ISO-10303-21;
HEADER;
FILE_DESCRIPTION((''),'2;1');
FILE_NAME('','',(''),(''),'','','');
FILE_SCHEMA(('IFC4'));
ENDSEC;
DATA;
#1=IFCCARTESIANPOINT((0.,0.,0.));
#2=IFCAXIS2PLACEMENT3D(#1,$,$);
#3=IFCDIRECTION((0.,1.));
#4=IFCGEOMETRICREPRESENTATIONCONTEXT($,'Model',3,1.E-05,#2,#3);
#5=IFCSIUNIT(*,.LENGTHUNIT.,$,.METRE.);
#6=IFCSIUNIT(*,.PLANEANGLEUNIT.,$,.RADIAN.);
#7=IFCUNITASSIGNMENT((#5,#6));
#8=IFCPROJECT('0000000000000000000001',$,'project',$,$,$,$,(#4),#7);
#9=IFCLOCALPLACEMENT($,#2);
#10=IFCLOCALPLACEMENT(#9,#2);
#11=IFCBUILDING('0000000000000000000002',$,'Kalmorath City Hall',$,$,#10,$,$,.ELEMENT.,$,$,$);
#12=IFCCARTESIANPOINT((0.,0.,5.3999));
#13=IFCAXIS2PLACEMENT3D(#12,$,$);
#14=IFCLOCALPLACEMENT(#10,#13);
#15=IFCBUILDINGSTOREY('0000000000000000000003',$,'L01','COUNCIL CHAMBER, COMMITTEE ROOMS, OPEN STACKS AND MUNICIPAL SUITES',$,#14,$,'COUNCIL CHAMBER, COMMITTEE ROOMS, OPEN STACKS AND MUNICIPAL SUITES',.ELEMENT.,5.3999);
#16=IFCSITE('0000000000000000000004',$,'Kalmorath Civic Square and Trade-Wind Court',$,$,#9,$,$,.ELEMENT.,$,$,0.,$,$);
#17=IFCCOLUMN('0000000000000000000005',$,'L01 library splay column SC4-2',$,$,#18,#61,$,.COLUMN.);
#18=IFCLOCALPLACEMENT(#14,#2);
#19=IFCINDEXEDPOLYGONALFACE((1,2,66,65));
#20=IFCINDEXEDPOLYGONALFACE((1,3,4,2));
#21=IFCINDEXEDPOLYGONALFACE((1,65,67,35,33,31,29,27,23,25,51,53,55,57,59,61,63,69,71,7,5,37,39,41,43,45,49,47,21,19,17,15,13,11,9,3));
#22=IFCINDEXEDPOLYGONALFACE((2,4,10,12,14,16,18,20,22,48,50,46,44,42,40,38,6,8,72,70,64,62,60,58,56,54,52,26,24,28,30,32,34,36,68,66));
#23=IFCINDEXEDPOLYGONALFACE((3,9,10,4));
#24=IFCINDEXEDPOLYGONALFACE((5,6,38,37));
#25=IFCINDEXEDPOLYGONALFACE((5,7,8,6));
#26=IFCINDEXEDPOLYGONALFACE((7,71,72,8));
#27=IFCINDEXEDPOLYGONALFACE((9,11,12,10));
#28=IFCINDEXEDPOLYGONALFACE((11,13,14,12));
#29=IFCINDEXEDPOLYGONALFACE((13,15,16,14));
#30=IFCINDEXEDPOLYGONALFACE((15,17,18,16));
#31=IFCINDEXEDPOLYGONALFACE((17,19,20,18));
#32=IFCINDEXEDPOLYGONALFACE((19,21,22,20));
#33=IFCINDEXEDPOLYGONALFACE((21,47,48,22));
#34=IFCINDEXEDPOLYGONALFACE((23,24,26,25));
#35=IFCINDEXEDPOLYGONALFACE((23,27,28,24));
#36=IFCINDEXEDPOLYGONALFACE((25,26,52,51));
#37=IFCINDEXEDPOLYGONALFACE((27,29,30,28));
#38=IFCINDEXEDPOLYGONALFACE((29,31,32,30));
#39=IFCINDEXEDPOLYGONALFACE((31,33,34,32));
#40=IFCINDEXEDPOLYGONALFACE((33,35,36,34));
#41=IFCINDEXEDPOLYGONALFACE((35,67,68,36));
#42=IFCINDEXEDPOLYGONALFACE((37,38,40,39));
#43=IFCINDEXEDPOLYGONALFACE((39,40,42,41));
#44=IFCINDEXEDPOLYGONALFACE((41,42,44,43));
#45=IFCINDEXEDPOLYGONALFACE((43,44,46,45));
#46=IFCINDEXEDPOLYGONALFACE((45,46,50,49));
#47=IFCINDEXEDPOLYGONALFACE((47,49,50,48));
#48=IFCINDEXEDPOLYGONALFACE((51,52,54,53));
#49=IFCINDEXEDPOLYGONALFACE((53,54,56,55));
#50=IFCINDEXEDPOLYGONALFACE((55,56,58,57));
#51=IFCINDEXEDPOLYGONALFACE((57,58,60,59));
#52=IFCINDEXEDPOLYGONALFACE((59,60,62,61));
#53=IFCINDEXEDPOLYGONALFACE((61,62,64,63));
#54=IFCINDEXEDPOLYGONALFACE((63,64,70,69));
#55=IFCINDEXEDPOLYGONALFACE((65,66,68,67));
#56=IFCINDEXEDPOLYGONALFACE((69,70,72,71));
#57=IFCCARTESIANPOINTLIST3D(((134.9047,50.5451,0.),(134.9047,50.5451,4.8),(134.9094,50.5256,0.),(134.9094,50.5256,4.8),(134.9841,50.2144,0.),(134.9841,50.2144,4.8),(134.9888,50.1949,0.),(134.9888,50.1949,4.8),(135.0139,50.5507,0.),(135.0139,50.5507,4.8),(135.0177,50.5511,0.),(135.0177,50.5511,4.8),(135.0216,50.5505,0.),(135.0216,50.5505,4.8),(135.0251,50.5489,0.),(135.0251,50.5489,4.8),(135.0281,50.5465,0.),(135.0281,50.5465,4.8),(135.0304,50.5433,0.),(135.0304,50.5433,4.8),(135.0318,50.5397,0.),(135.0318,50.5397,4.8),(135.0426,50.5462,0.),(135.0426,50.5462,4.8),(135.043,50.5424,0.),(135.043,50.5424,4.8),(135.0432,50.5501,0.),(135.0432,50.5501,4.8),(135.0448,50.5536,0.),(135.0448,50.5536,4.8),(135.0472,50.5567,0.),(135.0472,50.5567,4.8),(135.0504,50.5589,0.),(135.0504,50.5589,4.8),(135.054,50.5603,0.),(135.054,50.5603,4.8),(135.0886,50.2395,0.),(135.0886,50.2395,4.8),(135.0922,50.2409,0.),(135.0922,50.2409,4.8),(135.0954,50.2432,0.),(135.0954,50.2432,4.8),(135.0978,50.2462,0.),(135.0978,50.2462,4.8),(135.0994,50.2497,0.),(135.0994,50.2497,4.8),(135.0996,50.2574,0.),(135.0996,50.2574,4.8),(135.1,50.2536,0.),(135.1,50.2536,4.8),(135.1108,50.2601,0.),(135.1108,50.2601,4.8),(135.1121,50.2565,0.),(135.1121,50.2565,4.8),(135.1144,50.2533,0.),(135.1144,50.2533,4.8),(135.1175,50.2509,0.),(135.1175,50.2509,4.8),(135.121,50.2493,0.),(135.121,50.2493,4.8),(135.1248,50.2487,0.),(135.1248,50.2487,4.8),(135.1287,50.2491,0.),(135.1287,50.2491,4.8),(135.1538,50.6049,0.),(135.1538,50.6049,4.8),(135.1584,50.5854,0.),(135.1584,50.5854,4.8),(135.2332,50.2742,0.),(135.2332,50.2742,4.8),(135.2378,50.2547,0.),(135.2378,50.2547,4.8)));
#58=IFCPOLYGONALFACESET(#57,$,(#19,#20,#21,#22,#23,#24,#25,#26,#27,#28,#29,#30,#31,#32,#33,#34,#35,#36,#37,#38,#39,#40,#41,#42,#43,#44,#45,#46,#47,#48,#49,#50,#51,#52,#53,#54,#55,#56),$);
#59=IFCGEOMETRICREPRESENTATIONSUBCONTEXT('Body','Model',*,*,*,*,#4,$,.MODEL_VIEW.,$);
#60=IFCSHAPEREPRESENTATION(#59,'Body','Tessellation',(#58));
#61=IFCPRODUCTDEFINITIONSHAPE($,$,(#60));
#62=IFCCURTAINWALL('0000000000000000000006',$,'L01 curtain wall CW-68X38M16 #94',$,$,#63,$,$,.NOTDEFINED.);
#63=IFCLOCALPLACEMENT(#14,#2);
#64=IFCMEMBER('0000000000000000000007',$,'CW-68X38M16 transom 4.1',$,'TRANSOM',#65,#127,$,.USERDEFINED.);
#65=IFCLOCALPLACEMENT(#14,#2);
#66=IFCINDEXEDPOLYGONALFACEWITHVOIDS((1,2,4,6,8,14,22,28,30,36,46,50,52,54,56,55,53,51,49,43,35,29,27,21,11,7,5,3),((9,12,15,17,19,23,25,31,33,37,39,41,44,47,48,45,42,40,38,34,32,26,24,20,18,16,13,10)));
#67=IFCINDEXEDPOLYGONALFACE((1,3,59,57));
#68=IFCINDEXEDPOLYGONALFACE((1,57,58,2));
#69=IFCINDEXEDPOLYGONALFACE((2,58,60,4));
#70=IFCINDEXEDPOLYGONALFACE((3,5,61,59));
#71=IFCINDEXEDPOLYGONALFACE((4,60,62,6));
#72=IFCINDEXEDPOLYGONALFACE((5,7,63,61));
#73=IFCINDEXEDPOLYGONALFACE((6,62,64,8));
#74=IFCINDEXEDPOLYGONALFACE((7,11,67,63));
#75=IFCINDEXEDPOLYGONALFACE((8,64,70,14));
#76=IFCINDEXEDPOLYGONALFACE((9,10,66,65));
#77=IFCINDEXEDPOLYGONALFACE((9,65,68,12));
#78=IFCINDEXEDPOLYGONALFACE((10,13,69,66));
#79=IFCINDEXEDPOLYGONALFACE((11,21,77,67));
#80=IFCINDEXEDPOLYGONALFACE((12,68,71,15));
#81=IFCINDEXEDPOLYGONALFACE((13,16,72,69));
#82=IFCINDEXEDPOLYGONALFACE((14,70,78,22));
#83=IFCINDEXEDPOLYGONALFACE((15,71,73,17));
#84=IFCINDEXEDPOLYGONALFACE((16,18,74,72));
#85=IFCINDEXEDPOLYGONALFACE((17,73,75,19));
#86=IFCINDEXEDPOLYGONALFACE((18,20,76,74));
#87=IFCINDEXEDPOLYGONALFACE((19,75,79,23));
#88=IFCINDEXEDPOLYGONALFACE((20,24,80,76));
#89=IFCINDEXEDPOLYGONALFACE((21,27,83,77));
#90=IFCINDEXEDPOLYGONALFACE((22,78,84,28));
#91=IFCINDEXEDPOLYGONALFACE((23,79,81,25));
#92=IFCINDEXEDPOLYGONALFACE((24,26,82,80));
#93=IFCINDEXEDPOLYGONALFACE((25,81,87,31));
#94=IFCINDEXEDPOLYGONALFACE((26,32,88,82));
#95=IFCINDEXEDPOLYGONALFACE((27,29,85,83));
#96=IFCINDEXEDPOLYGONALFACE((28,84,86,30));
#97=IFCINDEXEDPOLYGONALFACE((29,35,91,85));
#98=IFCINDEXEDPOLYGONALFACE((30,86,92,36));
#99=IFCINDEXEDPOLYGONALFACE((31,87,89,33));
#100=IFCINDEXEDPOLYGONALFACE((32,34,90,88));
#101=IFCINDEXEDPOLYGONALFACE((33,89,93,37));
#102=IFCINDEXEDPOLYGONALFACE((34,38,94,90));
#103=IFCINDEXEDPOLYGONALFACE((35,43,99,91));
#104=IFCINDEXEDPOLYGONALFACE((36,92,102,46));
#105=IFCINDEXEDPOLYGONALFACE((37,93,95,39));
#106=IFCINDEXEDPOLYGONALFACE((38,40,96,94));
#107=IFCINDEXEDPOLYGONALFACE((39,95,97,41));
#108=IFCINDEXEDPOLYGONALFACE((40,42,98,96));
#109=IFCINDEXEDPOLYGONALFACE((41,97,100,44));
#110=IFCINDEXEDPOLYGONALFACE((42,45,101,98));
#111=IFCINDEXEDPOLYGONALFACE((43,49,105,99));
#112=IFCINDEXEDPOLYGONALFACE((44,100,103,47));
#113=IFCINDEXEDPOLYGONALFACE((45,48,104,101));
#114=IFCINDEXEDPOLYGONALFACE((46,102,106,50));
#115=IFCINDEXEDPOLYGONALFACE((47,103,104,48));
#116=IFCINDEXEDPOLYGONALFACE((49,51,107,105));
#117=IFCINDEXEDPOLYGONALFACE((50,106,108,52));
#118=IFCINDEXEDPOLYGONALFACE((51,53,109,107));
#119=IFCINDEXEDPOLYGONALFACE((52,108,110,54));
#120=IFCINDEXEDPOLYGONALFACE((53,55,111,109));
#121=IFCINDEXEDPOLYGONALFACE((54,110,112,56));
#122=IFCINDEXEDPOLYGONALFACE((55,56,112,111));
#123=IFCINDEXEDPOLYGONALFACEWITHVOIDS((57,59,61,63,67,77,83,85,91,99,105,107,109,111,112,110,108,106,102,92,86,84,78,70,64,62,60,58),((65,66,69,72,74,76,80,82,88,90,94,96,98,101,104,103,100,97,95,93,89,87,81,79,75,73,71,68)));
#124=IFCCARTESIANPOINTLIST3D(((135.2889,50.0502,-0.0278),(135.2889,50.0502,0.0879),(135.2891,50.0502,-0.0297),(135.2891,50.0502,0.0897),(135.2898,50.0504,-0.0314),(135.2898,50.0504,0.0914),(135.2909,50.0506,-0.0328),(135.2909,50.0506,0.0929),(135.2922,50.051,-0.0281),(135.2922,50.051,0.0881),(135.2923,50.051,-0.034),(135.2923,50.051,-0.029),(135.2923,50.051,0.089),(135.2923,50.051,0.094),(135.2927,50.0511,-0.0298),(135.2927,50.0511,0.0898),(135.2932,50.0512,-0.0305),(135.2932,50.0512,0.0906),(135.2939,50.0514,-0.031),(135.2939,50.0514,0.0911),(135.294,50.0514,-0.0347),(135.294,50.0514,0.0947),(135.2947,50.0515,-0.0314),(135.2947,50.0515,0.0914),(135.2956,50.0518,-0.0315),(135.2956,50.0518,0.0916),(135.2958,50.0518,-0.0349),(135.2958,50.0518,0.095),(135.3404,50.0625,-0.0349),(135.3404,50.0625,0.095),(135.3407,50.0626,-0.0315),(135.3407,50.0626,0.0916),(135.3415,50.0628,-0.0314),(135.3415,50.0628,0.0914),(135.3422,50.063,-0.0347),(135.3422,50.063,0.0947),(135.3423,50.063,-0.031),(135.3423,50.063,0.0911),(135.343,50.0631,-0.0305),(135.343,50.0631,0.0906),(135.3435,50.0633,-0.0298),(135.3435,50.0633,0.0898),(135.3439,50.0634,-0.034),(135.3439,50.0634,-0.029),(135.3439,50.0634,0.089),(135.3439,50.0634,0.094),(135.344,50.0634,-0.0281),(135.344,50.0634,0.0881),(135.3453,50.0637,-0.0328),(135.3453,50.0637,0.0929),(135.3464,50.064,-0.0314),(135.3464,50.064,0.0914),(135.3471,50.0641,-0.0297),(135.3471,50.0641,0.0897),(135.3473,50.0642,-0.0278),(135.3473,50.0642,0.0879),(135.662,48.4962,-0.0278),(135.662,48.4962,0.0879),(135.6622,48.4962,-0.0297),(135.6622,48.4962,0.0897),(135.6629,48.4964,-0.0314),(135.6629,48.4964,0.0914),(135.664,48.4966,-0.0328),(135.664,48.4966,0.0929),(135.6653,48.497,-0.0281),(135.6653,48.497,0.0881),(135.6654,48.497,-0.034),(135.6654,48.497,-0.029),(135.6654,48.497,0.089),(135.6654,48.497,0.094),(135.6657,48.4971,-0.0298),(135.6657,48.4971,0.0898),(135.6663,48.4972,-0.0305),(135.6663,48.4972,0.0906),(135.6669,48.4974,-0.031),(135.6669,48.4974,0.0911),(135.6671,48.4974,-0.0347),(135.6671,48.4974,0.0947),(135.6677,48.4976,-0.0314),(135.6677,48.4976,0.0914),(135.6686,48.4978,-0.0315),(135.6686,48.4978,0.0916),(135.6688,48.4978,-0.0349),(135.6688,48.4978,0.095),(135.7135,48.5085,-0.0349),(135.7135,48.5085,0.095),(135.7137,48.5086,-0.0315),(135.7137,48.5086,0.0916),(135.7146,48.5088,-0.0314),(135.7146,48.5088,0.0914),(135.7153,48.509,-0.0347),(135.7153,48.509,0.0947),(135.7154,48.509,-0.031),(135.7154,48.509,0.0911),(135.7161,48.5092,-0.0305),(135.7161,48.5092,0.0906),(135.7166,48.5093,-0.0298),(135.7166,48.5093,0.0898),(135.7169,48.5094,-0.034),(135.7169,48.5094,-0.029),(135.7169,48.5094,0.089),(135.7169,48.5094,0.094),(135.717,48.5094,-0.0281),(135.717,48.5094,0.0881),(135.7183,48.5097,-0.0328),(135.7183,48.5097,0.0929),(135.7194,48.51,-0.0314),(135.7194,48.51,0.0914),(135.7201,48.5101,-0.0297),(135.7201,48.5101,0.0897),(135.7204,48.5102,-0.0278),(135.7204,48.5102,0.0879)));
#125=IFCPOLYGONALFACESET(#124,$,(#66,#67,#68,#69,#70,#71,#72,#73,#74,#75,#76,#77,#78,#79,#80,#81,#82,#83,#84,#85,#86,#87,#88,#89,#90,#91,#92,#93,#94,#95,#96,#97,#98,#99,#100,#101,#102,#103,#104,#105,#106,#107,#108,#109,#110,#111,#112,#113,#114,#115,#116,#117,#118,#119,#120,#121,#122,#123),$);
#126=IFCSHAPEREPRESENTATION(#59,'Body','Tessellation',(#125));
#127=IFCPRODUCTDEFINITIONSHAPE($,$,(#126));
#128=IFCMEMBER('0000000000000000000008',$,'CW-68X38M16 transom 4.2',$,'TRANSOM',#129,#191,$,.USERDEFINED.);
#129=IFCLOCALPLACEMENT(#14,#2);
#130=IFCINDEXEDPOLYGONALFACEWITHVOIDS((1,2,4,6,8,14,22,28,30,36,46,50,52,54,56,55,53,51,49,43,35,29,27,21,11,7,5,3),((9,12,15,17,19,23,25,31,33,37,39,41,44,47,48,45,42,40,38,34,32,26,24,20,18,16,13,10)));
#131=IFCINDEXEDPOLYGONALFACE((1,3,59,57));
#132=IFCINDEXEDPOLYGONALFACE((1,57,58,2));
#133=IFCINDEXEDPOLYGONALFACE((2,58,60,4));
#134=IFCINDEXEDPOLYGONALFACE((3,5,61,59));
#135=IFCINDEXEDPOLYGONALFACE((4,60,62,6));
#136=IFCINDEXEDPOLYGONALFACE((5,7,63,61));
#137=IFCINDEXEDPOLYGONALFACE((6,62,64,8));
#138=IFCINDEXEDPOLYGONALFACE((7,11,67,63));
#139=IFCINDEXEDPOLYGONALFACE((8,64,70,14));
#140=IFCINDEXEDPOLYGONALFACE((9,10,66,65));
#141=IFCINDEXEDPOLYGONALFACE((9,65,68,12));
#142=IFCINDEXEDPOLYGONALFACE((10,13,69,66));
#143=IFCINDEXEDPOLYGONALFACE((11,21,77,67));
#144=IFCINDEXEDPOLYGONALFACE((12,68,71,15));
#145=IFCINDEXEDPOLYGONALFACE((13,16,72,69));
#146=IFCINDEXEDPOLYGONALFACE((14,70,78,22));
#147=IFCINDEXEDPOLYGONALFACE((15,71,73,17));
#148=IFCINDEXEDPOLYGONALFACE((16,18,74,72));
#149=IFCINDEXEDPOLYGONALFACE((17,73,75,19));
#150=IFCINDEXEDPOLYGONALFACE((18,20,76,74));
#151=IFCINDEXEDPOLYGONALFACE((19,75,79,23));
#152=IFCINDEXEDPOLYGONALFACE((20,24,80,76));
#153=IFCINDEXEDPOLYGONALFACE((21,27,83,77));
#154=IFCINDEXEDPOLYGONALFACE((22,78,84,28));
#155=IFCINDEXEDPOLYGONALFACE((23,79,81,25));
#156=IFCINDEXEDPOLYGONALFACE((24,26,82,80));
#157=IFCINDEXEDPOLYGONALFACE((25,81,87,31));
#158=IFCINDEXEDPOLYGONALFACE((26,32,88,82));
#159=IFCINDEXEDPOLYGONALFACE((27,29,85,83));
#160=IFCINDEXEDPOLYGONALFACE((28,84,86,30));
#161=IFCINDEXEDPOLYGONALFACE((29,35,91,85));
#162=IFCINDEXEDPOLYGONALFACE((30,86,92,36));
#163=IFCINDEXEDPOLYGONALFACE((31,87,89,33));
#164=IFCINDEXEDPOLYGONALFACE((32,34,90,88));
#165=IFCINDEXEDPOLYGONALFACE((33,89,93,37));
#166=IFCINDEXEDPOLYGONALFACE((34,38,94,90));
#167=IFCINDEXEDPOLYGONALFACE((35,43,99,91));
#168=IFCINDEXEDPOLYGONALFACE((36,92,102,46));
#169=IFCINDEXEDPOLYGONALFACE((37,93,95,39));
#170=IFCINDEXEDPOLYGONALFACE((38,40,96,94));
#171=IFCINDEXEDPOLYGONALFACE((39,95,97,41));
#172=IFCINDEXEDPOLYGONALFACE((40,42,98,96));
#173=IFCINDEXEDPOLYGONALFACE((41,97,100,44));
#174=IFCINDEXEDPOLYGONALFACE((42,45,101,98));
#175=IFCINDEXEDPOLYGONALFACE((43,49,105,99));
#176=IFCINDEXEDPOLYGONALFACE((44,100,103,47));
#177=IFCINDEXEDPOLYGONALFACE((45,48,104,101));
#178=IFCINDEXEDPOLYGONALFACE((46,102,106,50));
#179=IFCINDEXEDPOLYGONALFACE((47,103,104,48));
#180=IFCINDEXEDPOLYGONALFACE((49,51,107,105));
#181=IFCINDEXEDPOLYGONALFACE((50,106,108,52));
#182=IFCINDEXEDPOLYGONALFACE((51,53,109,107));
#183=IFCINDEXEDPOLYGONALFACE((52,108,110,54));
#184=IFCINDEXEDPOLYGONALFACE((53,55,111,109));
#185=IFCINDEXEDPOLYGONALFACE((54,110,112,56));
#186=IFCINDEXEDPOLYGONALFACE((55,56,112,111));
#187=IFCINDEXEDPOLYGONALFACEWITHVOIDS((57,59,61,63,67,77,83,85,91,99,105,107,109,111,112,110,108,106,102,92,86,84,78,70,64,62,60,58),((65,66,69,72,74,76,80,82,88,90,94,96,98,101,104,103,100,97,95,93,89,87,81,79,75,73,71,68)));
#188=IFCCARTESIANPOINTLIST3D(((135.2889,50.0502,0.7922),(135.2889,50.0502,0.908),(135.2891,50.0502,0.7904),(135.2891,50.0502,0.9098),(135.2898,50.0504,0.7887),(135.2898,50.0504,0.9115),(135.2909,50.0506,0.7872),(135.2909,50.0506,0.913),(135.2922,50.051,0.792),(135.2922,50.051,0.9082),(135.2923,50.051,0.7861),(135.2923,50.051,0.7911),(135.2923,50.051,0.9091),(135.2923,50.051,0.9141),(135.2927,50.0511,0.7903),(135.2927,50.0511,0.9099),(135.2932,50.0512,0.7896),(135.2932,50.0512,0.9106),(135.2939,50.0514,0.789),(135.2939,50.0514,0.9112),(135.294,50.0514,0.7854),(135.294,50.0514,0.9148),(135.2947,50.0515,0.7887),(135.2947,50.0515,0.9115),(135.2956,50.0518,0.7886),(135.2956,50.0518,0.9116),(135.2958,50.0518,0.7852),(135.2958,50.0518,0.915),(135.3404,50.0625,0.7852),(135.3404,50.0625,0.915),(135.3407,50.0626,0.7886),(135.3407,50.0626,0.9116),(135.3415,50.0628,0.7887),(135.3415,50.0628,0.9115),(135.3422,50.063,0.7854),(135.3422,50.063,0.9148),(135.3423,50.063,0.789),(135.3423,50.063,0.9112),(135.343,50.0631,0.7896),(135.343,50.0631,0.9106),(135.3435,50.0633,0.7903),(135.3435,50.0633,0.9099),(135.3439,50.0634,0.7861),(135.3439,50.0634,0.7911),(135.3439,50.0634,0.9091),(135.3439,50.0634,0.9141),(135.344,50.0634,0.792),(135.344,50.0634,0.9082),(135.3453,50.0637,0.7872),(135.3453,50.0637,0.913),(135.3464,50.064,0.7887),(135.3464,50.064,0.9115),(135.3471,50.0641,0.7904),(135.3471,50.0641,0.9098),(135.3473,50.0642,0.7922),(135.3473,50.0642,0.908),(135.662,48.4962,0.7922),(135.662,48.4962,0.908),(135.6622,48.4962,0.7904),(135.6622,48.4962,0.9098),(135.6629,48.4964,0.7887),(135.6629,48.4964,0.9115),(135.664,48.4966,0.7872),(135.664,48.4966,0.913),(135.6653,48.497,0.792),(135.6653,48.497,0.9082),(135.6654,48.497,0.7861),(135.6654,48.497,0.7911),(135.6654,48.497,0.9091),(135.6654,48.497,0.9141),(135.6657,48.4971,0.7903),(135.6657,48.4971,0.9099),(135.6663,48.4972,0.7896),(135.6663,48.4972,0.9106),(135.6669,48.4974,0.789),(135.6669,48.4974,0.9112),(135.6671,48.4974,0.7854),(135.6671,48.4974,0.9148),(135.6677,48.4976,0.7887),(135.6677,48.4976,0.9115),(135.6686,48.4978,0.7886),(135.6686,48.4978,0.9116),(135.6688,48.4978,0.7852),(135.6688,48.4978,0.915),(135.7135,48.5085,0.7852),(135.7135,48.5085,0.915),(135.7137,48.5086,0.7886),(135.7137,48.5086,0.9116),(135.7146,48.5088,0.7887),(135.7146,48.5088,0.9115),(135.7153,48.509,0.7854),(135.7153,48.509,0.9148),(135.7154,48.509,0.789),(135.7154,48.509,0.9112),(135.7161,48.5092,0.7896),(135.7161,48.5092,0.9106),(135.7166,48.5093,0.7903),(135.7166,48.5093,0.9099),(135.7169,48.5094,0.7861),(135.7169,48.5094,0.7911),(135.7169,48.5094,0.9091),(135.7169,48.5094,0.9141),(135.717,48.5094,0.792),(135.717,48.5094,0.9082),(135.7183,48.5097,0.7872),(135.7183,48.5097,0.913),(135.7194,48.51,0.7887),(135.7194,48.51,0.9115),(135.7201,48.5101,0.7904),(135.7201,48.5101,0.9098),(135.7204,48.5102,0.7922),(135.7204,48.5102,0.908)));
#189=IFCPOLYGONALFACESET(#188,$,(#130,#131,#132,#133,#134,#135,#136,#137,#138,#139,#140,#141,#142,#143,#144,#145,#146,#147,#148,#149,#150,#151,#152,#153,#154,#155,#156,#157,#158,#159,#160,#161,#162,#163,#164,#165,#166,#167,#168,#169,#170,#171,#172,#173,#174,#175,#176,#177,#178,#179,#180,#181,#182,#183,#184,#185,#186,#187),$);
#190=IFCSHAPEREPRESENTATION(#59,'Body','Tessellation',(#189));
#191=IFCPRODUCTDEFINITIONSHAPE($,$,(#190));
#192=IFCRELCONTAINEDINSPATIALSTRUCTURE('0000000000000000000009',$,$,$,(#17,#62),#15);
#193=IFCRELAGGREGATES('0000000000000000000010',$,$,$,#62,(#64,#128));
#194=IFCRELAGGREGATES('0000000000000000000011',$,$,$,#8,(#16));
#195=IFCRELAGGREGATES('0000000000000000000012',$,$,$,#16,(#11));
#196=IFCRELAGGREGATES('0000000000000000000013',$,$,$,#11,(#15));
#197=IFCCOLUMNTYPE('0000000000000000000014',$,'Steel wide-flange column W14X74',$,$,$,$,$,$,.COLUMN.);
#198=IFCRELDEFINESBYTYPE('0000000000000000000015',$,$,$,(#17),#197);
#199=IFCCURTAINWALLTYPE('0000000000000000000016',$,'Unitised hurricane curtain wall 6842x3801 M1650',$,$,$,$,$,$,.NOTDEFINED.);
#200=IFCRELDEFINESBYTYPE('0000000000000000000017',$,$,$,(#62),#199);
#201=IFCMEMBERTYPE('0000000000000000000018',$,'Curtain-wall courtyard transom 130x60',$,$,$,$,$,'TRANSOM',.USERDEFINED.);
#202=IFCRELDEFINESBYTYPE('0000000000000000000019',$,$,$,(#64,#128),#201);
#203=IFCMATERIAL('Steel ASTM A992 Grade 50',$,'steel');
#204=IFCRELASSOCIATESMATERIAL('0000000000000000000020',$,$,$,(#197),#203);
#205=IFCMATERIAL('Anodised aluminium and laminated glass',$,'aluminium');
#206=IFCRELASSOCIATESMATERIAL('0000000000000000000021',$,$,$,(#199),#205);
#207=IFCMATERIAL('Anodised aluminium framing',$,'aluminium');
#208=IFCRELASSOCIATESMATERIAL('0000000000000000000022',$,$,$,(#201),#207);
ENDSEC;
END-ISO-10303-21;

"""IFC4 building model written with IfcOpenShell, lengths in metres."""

from ifc_helpers import new_model, si_unit, direction, frame, origin, origin_2d, place, context, subcontext, project, spatial, hollow_rectangle, i_section, extrude, material, material_profile, profile_set, type_object, element, aggregate, save


model = new_model("IFC4")

# Units and contexts
model_context = context("Model", 3, precision=1e-05, world=origin(), true_north=direction((0.0, 1.0)))
body_context = subcontext(model_context, "Body", "Model", "MODEL_VIEW")
ifc_project = project(units=[si_unit("LENGTHUNIT", "METRE"), si_unit("PLANEANGLEUNIT", "RADIAN")], contexts=[model_context])

# Site, building, storey
site_placement = place(None, origin())
site = spatial("IfcSite", under=ifc_project, at=site_placement, Name="Kalmorath Civic Square and Trade-Wind Court", CompositionType="ELEMENT", RefElevation=0.0)
building_placement = place(site_placement, origin())
building = spatial("IfcBuilding", under=site, at=building_placement, Name="Kalmorath City Hall", CompositionType="ELEMENT")
storey_placement = place(building_placement, frame((0.0, 0.0, 5.3999)))
storey = spatial("IfcBuildingStorey", under=building, at=storey_placement, Name="L01", Description="COUNCIL CHAMBER, COMMITTEE ROOMS, OPEN STACKS AND MUNICIPAL SUITES", LongName="COUNCIL CHAMBER, COMMITTEE ROOMS, OPEN STACKS AND MUNICIPAL SUITES", CompositionType="ELEMENT", Elevation=5.3999)

# Column
ifc_material_1 = material(Name="Steel ASTM A992 Grade 50", Category="steel")
ifc_material_profile_1 = material_profile(ifc_material_1, i_section(OverallWidth=0.2561, OverallDepth=0.3601, WebThickness=0.0115, FlangeThickness=0.02, FilletRadius=0.0149, at=origin_2d()), Name="W14X74")
ifc_profile_set_1 = profile_set([ifc_material_profile_1], Name="Steel ASTM A992 Grade 50")
column_type = type_object("IfcColumnType", Name="Steel wide-flange column W14X74", PredefinedType="COLUMN", material=ifc_profile_set_1)
column_placement = place(storey_placement, frame((135.0713, 50.3999, 0.0), z_axis=(0.0, 0.0, 1.0), x_axis=(0.97237, 0.233445, 0.0)))
element("IfcColumn", 1, at=column_placement, inside=storey, type_object=column_type, Name="L01 library splay column SC4-2", PredefinedType="COLUMN", context=body_context, shape_type="SweptSolid", body=[
    extrude(i_section(OverallWidth=0.2561, OverallDepth=0.3601, WebThickness=0.0115, FlangeThickness=0.02, FilletRadius=0.0149, at=origin_2d()), origin(), (0.0, 0.0, 1.0), 4.8),
])

# Curtain wall, members
ifc_material_2 = material(Name="Anodised aluminium and laminated glass", Category="aluminium")
curtain_wall_type_1 = type_object("IfcCurtainWallType", Name="Unitised hurricane curtain wall 6842x3801 M1650", PredefinedType="NOTDEFINED", material=ifc_material_2)
curtain_wall_1_placement = place(storey_placement, origin())
curtain_wall_1 = element("IfcCurtainWall", 2, at=curtain_wall_1_placement, inside=storey, type_object=curtain_wall_type_1, Name="L01 curtain wall CW-68X38M16 #94", PredefinedType="NOTDEFINED")
ifc_material_3 = material(Name="Anodised aluminium framing", Category="aluminium")
ifc_material_profile_2 = material_profile(ifc_material_3, hollow_rectangle(XDim=0.0601, YDim=0.1299, WallThickness=0.0034, InnerFilletRadius=0.0034, OuterFilletRadius=0.0071, at=origin_2d()), Name="ALU-TRN-130X60X3.5")
ifc_profile_set_2 = profile_set([ifc_material_profile_2], Name="Anodised aluminium framing")
member_type_1 = type_object("IfcMemberType", Name="Curtain-wall courtyard transom 130x60", ElementType="TRANSOM", PredefinedType="USERDEFINED", material=ifc_profile_set_2)
member_1_placement = place(storey_placement, frame((135.6912, 48.5032, 0.03), z_axis=(-0.233431, 0.972373, 0.0), x_axis=(-0.972373, -0.233431, 0.0)))
member_1 = element("IfcMember", 3, at=member_1_placement, type_object=member_type_1, Name="CW-68X38M16 transom 4.1", ObjectType="TRANSOM", PredefinedType="USERDEFINED", context=body_context, shape_type="SweptSolid", body=[
    extrude(hollow_rectangle(XDim=0.0601, YDim=0.1299, WallThickness=0.0034, InnerFilletRadius=0.0034, OuterFilletRadius=0.0071, at=origin_2d()), origin(), (0.0, 0.0, 1.0), 1.5981),
])
member_2_placement = place(storey_placement, frame((135.6912, 48.5032, 0.8501), z_axis=(-0.233431, 0.972373, 0.0), x_axis=(-0.972373, -0.233431, 0.0)))
member_2 = element("IfcMember", 4, at=member_2_placement, type_object=member_type_1, Name="CW-68X38M16 transom 4.2", ObjectType="TRANSOM", PredefinedType="USERDEFINED", context=body_context, shape_type="SweptSolid", body=[
    extrude(hollow_rectangle(XDim=0.0601, YDim=0.1299, WallThickness=0.0034, InnerFilletRadius=0.0034, OuterFilletRadius=0.0071, at=origin_2d()), origin(), (0.0, 0.0, 1.0), 1.5981),
])

aggregate(curtain_wall_1, [member_1, member_2])

save(model, "model.ifc")
